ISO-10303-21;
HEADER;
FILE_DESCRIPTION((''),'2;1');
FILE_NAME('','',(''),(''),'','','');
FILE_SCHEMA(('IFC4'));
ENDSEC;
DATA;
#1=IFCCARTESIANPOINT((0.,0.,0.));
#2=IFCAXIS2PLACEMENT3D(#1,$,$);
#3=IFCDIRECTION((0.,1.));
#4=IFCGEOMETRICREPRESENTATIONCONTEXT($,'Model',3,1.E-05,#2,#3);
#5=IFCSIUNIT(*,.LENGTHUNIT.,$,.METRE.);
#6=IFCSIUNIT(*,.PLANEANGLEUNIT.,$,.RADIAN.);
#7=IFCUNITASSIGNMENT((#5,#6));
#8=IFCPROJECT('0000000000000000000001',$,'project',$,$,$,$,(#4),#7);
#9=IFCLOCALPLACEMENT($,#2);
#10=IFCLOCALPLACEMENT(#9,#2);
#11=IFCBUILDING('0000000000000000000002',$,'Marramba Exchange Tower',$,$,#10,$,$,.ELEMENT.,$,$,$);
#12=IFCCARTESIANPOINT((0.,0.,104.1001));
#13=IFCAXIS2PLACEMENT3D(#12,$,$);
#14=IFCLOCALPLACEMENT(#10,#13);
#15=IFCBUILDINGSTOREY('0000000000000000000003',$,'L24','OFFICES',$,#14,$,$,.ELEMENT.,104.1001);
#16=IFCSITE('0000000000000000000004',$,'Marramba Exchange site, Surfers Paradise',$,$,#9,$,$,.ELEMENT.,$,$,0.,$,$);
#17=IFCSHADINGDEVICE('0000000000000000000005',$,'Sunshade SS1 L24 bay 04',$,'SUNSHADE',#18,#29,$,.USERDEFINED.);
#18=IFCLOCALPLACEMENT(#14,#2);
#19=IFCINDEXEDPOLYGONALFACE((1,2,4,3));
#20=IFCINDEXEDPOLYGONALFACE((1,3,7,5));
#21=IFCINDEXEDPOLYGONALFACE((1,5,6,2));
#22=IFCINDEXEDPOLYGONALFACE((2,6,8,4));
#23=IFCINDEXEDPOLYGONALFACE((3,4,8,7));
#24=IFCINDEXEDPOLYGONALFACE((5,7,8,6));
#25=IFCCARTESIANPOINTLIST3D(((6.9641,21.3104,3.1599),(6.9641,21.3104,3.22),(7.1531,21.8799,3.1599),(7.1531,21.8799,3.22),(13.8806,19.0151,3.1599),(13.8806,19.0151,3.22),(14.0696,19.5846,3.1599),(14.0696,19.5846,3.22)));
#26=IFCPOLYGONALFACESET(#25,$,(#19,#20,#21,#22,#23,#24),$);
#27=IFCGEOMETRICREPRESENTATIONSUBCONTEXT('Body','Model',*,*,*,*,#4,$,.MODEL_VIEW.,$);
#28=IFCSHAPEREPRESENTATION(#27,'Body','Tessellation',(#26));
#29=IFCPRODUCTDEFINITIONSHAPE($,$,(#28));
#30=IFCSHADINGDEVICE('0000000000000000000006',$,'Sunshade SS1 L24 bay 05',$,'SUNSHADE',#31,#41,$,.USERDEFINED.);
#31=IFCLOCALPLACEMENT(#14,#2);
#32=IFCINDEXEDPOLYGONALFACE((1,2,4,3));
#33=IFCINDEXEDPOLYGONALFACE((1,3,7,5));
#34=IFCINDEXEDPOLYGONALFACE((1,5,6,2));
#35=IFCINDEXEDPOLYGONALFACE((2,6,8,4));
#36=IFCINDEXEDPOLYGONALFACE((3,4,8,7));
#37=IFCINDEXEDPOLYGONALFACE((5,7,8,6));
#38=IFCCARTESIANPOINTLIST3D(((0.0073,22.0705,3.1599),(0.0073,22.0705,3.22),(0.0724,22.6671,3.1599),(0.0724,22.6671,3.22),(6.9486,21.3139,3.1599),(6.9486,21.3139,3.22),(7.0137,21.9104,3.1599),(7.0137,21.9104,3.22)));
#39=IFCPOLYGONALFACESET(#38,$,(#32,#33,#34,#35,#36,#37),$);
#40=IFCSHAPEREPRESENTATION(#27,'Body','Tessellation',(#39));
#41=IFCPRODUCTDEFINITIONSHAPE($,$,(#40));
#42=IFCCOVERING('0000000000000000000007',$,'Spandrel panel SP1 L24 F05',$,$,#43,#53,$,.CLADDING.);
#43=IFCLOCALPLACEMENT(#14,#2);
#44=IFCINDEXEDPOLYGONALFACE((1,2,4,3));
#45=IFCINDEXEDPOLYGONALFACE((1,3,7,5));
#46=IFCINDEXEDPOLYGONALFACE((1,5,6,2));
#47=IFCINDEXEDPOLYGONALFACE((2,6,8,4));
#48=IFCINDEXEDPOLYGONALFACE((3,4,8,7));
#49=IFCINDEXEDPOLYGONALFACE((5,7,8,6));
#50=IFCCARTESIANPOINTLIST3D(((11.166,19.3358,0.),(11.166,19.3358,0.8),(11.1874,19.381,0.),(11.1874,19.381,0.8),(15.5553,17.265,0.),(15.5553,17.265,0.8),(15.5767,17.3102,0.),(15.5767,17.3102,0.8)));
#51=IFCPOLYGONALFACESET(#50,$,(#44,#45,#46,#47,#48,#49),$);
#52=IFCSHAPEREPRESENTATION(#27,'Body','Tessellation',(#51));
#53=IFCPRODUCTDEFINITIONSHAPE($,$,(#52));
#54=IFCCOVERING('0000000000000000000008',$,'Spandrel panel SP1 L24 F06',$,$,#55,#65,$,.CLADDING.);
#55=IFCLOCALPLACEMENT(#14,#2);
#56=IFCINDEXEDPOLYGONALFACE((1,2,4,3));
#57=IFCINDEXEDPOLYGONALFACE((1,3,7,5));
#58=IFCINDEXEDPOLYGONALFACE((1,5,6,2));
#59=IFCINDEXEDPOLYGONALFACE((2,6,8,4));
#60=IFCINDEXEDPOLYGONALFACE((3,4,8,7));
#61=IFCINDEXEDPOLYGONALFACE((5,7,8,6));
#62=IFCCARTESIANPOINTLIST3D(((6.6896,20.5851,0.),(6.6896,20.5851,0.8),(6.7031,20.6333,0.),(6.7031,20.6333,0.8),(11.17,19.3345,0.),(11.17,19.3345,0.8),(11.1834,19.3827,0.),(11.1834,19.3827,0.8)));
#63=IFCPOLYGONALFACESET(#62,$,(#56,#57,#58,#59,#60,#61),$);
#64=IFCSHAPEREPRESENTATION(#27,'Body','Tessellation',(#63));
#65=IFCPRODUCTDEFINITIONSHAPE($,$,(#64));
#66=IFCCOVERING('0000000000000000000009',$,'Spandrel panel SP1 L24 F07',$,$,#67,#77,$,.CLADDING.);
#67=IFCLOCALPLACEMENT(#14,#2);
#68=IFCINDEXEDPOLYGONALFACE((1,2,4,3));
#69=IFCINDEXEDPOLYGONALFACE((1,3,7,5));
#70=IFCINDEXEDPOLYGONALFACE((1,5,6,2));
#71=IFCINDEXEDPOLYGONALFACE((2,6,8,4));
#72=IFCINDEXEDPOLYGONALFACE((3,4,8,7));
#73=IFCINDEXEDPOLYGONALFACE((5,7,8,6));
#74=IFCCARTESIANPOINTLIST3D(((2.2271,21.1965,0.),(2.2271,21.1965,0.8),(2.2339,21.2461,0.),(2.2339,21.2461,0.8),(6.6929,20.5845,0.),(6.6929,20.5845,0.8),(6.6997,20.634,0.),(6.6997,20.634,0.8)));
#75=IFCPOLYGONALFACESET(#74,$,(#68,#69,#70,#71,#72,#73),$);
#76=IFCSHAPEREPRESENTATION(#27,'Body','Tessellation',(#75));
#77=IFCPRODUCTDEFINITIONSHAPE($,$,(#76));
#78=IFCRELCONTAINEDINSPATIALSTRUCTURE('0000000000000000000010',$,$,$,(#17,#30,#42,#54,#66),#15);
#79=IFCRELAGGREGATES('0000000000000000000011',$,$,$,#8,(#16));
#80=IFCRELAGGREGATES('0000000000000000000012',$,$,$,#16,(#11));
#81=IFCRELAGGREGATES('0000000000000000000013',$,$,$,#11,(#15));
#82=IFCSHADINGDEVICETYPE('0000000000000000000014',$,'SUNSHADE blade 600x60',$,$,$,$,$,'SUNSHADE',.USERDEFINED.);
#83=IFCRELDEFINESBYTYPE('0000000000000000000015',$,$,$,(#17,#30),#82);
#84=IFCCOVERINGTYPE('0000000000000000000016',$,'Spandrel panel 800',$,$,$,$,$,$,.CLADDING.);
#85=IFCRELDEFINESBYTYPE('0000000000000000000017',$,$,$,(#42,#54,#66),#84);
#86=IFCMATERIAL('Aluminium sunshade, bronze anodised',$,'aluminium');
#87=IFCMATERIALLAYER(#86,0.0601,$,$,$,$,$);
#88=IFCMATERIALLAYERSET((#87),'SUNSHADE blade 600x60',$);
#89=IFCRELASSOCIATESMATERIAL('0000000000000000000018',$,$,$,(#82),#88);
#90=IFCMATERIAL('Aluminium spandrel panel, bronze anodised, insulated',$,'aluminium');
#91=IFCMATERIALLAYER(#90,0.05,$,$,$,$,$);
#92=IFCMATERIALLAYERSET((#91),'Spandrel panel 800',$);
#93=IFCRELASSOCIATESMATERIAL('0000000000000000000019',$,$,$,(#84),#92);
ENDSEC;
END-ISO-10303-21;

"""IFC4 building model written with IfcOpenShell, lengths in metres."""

from ifc_helpers import new_model, si_unit, direction, frame, origin, origin_2d, place, context, subcontext, project, spatial, rectangle, extrude, material, layer, layer_set, type_object, element, save


model = new_model("IFC4")

# Units and contexts
model_context = context("Model", 3, precision=1e-05, world=origin(), true_north=direction((0.0, 1.0)))
body_context = subcontext(model_context, "Body", "Model", "MODEL_VIEW")
ifc_project = project(units=[si_unit("LENGTHUNIT", "METRE"), si_unit("PLANEANGLEUNIT", "RADIAN")], contexts=[model_context])

# Site, building, storey
site_placement = place(None, origin())
site = spatial("IfcSite", under=ifc_project, at=site_placement, Name="Marramba Exchange site, Surfers Paradise", CompositionType="ELEMENT", RefElevation=0.0)
building_placement = place(site_placement, origin())
building = spatial("IfcBuilding", under=site, at=building_placement, Name="Marramba Exchange Tower", CompositionType="ELEMENT")
storey_placement = place(building_placement, frame((0.0, 0.0, 104.1001)))
storey = spatial("IfcBuildingStorey", under=building, at=storey_placement, Name="L24", Description="OFFICES", CompositionType="ELEMENT", Elevation=104.1001)

# Shading devices
ifc_material_1 = material(Name="Aluminium sunshade, bronze anodised", Category="aluminium")
ifc_layer_1 = layer(ifc_material_1, 0.0601)
ifc_layer_set_1 = layer_set([ifc_layer_1], Name="SUNSHADE blade 600x60")
shading_device_type_1 = type_object("IfcShadingDeviceType", Name="SUNSHADE blade 600x60", ElementType="SUNSHADE", PredefinedType="USERDEFINED", material=ifc_layer_set_1)
shading_device_1_placement = place(storey_placement, frame((10.5168, 20.4475, 3.1599), z_axis=(0.0, 0.0, 1.0), x_axis=(-0.949101, 0.314972, 0.0)))
element("IfcShadingDevice", 1, at=shading_device_1_placement, inside=storey, type_object=shading_device_type_1, Name="Sunshade SS1 L24 bay 04", ObjectType="SUNSHADE", PredefinedType="USERDEFINED", context=body_context, shape_type="SweptSolid", body=[
    extrude(rectangle(XDim=7.2874, YDim=0.6001, at=origin_2d()), origin(), (0.0, 0.0, 1.0), 0.0601),
])
shading_device_2_placement = place(storey_placement, frame((3.5105, 21.9905, 3.1599), z_axis=(0.0, 0.0, 1.0), x_axis=(-0.994111, 0.108363, 0.0)))
element("IfcShadingDevice", 2, at=shading_device_2_placement, inside=storey, type_object=shading_device_type_1, Name="Sunshade SS1 L24 bay 05", ObjectType="SUNSHADE", PredefinedType="USERDEFINED", context=body_context, shape_type="SweptSolid", body=[
    extrude(rectangle(XDim=6.9824, YDim=0.6001, at=origin_2d()), origin(), (0.0, 0.0, 1.0), 0.0601),
])

# Coverings
ifc_material_2 = material(Name="Aluminium spandrel panel, bronze anodised, insulated", Category="aluminium")
ifc_layer_2 = layer(ifc_material_2, 0.05)
ifc_layer_set_2 = layer_set([ifc_layer_2], Name="Spandrel panel 800")
covering_type = type_object("IfcCoveringType", Name="Spandrel panel 800", PredefinedType="CLADDING", material=ifc_layer_set_2)
covering_1_placement = place(storey_placement, frame((13.3713, 18.323, 0.0), z_axis=(0.0, 0.0, 1.0), x_axis=(-0.904403, 0.426679, 0.0)))
element("IfcCovering", 3, at=covering_1_placement, inside=storey, type_object=covering_type, Name="Spandrel panel SP1 L24 F05", PredefinedType="CLADDING", context=body_context, shape_type="SweptSolid", body=[
    extrude(rectangle(XDim=4.8533, YDim=0.05, at=origin_2d()), origin(), (0.0, 0.0, 1.0), 0.8),
])
covering_2_placement = place(storey_placement, frame((8.9365, 19.9839, 0.0), z_axis=(0.0, 0.0, 1.0), x_axis=(-0.963178, 0.268865, 0.0)))
element("IfcCovering", 4, at=covering_2_placement, inside=storey, type_object=covering_type, Name="Spandrel panel SP1 L24 F06", PredefinedType="CLADDING", context=body_context, shape_type="SweptSolid", body=[
    extrude(rectangle(XDim=4.6516, YDim=0.05, at=origin_2d()), origin(), (0.0, 0.0, 1.0), 0.8),
])
covering_3_placement = place(storey_placement, frame((4.4634, 20.9153, 0.0), z_axis=(0.0, 0.0, 1.0), x_axis=(-0.990738, 0.135786, 0.0)))
element("IfcCovering", 5, at=covering_3_placement, inside=storey, type_object=covering_type, Name="Spandrel panel SP1 L24 F07", PredefinedType="CLADDING", context=body_context, shape_type="SweptSolid", body=[
    extrude(rectangle(XDim=4.5076, YDim=0.05, at=origin_2d()), origin(), (0.0, 0.0, 1.0), 0.8),
])

save(model, "model.ifc")
